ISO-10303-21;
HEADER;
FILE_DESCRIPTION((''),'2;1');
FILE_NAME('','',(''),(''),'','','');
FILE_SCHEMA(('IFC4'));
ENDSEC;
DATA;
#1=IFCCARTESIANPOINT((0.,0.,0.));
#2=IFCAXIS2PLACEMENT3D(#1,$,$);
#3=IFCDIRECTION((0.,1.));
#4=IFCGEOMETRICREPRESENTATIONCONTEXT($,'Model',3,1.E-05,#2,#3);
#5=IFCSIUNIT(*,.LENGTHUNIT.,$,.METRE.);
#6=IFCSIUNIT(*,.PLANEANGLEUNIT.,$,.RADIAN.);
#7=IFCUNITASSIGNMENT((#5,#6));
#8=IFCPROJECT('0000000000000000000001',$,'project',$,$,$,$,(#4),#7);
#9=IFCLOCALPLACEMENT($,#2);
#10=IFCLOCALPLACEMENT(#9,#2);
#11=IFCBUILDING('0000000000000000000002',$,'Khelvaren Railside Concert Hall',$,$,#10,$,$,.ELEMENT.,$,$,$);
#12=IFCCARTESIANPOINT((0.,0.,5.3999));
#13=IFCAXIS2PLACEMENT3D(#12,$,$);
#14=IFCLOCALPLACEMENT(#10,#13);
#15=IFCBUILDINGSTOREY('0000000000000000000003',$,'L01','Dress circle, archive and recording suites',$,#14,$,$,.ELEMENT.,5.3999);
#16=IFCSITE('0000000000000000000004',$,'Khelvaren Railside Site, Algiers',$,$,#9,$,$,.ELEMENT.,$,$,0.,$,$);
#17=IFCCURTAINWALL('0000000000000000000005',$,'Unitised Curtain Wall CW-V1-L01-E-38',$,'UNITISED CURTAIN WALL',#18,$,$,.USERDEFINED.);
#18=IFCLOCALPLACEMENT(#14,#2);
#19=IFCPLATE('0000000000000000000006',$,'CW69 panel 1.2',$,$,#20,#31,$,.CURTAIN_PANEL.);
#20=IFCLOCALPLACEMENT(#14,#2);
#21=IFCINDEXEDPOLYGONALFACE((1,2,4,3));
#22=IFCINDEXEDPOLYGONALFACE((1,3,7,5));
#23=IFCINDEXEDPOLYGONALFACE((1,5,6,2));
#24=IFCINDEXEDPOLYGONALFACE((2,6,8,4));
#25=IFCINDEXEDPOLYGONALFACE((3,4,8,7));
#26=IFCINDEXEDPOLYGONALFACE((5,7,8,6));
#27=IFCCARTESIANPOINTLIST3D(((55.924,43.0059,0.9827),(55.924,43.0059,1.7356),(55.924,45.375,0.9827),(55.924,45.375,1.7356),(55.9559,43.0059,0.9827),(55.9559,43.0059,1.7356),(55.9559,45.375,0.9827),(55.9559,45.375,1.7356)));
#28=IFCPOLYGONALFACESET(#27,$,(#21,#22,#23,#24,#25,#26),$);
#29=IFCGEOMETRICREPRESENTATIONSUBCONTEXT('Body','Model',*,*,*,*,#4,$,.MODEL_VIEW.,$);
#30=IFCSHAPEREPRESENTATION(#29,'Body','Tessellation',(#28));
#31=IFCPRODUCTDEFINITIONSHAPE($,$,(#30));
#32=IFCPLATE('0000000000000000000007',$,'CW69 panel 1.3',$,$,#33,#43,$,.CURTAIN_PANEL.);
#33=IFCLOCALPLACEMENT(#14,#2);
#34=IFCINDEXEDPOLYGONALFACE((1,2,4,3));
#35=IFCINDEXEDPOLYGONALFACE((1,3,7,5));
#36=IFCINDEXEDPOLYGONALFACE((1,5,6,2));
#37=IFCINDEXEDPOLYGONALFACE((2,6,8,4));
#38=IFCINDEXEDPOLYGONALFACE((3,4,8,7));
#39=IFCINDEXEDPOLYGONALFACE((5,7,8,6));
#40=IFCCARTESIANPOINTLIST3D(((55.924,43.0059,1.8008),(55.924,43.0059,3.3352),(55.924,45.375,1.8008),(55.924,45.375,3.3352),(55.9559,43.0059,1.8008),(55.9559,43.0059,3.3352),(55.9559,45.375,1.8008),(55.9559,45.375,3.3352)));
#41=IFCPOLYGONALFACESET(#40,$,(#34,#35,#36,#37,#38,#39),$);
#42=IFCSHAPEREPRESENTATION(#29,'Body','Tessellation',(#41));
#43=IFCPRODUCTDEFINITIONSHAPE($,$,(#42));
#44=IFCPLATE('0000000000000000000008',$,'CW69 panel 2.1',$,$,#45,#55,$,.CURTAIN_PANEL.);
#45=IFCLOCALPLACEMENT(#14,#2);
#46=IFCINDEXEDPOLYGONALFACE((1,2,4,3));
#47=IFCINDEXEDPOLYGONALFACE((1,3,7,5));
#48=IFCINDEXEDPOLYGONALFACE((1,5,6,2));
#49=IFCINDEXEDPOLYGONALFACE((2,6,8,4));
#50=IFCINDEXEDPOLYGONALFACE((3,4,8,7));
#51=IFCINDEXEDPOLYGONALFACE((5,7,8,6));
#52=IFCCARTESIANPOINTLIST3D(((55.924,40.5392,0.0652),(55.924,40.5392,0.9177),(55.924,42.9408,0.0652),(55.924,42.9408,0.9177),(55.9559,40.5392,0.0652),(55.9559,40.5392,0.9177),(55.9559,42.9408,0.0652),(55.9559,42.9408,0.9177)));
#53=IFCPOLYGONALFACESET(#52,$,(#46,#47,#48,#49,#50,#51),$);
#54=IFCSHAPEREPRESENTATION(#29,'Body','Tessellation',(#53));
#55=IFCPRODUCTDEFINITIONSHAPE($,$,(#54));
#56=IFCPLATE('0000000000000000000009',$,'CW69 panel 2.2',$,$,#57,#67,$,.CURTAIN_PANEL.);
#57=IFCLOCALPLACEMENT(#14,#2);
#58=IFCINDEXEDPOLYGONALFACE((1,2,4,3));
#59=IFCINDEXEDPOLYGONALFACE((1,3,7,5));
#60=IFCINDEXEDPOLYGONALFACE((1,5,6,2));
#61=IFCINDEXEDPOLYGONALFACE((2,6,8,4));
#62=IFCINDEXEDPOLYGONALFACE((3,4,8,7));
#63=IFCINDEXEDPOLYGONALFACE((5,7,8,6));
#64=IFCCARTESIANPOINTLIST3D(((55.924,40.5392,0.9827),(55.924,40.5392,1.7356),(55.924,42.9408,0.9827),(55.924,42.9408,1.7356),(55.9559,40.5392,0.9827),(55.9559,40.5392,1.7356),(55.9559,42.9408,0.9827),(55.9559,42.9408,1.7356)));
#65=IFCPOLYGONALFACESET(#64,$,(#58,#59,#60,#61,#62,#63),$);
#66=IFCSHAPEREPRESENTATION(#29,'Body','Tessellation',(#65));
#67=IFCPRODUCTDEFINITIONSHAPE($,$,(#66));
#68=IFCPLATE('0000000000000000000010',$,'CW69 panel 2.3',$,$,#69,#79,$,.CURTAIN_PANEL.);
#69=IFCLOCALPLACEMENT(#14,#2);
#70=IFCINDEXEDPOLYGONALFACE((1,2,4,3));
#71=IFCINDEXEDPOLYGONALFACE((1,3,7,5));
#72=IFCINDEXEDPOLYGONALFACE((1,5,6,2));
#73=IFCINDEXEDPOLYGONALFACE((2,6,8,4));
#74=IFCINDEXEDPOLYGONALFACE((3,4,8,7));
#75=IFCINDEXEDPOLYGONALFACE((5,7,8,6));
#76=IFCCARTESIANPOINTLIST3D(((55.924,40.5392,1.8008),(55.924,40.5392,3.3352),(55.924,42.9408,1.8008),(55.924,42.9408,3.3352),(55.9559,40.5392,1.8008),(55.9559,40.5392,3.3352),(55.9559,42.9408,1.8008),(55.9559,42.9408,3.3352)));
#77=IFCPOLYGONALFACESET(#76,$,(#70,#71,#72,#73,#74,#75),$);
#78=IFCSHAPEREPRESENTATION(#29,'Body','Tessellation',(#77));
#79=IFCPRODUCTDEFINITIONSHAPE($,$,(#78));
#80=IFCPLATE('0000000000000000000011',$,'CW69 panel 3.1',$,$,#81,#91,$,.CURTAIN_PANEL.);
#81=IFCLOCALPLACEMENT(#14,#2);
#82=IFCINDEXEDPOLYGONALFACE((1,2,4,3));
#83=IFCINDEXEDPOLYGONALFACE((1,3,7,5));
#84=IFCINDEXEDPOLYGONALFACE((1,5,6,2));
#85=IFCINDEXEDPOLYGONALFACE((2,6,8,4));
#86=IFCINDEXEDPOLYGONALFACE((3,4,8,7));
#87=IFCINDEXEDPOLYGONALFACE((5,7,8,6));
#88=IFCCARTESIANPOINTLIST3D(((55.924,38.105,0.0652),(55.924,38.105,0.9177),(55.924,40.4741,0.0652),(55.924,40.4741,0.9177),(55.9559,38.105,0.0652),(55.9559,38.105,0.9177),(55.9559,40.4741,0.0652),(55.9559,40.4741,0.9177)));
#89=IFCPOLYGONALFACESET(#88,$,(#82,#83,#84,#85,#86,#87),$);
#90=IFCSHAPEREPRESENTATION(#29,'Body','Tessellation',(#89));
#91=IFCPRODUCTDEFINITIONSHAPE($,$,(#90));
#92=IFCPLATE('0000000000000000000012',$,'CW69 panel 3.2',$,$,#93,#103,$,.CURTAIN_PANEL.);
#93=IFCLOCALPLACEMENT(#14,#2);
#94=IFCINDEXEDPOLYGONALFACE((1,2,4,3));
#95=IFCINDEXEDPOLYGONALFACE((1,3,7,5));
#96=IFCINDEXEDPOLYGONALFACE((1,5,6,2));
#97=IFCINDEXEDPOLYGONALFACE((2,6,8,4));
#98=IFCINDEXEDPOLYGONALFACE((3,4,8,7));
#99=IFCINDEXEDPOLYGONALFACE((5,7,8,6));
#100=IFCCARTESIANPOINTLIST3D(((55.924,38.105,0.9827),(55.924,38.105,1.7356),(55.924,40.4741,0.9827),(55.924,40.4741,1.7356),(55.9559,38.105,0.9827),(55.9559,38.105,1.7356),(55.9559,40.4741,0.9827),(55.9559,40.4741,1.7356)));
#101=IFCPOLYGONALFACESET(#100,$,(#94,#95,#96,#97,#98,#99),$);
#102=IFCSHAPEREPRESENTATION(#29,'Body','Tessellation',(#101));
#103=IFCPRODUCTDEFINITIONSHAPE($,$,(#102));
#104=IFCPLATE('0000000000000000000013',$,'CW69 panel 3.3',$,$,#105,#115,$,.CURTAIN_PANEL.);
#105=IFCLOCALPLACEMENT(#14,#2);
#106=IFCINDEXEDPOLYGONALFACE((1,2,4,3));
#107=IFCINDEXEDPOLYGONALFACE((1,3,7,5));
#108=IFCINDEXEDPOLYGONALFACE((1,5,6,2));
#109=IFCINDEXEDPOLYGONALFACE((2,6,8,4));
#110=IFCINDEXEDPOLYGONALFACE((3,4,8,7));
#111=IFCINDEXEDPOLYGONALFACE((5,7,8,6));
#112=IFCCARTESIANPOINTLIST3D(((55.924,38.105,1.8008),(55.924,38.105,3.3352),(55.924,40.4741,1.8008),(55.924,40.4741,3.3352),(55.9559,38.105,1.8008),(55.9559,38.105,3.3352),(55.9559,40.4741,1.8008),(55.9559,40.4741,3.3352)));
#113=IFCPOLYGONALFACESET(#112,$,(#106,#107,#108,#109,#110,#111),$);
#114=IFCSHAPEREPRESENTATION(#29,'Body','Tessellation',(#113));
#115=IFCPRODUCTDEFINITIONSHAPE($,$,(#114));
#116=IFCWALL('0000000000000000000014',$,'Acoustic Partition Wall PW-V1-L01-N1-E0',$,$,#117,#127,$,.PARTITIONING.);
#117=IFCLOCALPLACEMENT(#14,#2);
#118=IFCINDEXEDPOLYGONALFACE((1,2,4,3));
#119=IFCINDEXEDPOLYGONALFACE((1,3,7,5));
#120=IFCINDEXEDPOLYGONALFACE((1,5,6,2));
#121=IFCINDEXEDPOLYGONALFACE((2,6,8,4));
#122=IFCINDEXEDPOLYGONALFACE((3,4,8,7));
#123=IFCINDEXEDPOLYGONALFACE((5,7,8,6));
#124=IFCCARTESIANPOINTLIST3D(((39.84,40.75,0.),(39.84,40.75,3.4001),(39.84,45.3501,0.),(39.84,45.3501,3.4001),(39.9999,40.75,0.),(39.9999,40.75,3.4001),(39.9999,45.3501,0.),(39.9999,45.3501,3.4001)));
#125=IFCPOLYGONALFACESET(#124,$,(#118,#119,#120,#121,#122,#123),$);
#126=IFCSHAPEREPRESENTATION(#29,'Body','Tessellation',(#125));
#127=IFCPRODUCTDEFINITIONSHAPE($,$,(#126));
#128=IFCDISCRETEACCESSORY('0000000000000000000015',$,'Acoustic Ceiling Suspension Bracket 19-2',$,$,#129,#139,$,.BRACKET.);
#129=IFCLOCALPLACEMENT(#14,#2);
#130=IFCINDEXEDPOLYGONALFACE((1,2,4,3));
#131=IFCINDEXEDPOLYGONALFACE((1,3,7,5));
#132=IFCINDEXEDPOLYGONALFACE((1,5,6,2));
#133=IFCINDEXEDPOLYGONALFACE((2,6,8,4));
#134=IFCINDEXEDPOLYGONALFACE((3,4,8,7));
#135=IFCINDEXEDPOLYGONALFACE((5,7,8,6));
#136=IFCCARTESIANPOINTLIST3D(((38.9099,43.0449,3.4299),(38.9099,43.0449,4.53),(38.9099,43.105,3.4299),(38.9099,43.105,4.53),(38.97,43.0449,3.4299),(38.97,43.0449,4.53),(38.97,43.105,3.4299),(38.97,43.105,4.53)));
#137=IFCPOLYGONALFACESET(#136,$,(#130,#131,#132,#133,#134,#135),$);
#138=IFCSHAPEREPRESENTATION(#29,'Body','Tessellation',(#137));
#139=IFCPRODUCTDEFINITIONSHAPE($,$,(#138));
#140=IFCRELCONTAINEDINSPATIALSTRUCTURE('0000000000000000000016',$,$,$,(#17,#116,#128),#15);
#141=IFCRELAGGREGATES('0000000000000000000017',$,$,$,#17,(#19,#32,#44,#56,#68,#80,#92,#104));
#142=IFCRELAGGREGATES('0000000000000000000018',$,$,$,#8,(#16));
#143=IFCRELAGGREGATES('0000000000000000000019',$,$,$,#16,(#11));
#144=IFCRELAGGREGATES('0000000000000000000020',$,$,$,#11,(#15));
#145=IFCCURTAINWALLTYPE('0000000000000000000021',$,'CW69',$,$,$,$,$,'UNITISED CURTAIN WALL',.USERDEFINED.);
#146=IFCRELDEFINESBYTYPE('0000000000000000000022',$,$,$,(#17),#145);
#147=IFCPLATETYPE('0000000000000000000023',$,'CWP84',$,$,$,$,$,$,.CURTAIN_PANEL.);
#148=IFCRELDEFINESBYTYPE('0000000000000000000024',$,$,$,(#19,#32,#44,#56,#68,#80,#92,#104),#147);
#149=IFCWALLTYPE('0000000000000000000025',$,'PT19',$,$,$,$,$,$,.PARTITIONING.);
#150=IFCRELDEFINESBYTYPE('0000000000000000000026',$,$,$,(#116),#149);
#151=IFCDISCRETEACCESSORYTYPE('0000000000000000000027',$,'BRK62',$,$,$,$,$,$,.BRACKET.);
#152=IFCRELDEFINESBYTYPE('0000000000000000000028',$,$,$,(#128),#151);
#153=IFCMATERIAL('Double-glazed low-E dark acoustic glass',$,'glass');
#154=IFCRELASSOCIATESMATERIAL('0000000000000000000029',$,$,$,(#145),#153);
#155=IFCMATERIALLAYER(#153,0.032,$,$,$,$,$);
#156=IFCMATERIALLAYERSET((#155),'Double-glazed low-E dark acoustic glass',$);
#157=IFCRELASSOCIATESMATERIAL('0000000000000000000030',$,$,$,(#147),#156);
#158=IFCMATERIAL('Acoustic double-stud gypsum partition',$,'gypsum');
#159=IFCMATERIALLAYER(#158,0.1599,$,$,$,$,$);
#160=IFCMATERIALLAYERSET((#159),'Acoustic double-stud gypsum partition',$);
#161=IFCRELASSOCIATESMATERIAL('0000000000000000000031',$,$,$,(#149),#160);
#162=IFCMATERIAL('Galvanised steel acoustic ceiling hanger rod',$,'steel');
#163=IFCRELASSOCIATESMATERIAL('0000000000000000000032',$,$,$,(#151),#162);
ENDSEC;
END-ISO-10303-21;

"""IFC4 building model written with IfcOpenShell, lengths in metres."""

from ifc_helpers import new_model, si_unit, direction, frame, frame_2d, origin, origin_2d, place, context, subcontext, project, spatial, rectangle, extrude, material, layer, layer_set, type_object, element, aggregate, save


model = new_model("IFC4")

# Units and contexts
model_context = context("Model", 3, precision=1e-05, world=origin(), true_north=direction((0.0, 1.0)))
body_context = subcontext(model_context, "Body", "Model", "MODEL_VIEW")
ifc_project = project(units=[si_unit("LENGTHUNIT", "METRE"), si_unit("PLANEANGLEUNIT", "RADIAN")], contexts=[model_context])

# Site, building, storey
site_placement = place(None, origin())
site = spatial("IfcSite", under=ifc_project, at=site_placement, Name="Khelvaren Railside Site, Algiers", CompositionType="ELEMENT", RefElevation=0.0)
building_placement = place(site_placement, origin())
building = spatial("IfcBuilding", under=site, at=building_placement, Name="Khelvaren Railside Concert Hall", CompositionType="ELEMENT")
storey_placement = place(building_placement, frame((0.0, 0.0, 5.3999)))
storey = spatial("IfcBuildingStorey", under=building, at=storey_placement, Name="L01", Description="Dress circle, archive and recording suites", CompositionType="ELEMENT", Elevation=5.3999)

# Curtain wall
ifc_material_1 = material(Name="Double-glazed low-E dark acoustic glass", Category="glass")
curtain_wall_type = type_object("IfcCurtainWallType", Name="CW69", ElementType="UNITISED CURTAIN WALL", PredefinedType="USERDEFINED", material=ifc_material_1)
curtain_wall_placement = place(storey_placement, origin())
curtain_wall = element("IfcCurtainWall", 1, at=curtain_wall_placement, inside=storey, type_object=curtain_wall_type, Name="Unitised Curtain Wall CW-V1-L01-E-38", ObjectType="UNITISED CURTAIN WALL", PredefinedType="USERDEFINED")

# Plates
ifc_layer_1 = layer(ifc_material_1, 0.032)
ifc_layer_set_1 = layer_set([ifc_layer_1], Name="Double-glazed low-E dark acoustic glass")
plate_type = type_object("IfcPlateType", Name="CWP84", PredefinedType="CURTAIN_PANEL", material=ifc_layer_set_1)
plate_1_placement = place(storey_placement, frame((55.9399, 44.1904, 0.9827), z_axis=(0.0, 0.0, 1.0), x_axis=(0.0, -1.0, 0.0)))
plate_1 = element("IfcPlate", 2, at=plate_1_placement, type_object=plate_type, Name="CW69 panel 1.2", PredefinedType="CURTAIN_PANEL", context=body_context, shape_type="SweptSolid", body=[
    extrude(rectangle(XDim=2.3691, YDim=0.032, at=origin_2d()), origin(), (0.0, 0.0, 1.0), 0.7529),
])
plate_2_placement = place(storey_placement, frame((55.9399, 44.1904, 1.8008), z_axis=(0.0, 0.0, 1.0), x_axis=(0.0, -1.0, 0.0)))
plate_2 = element("IfcPlate", 3, at=plate_2_placement, type_object=plate_type, Name="CW69 panel 1.3", PredefinedType="CURTAIN_PANEL", context=body_context, shape_type="SweptSolid", body=[
    extrude(rectangle(XDim=2.3691, YDim=0.032, at=origin_2d()), origin(), (0.0, 0.0, 1.0), 1.5344),
])
plate_3_placement = place(storey_placement, frame((55.9399, 41.74, 0.0652), z_axis=(0.0, 0.0, 1.0), x_axis=(0.0, -1.0, 0.0)))
plate_3 = element("IfcPlate", 4, at=plate_3_placement, type_object=plate_type, Name="CW69 panel 2.1", PredefinedType="CURTAIN_PANEL", context=body_context, shape_type="SweptSolid", body=[
    extrude(rectangle(XDim=2.4016, YDim=0.032, at=origin_2d()), origin(), (0.0, 0.0, 1.0), 0.8525),
])
plate_4_placement = place(storey_placement, frame((55.9399, 41.74, 0.9827), z_axis=(0.0, 0.0, 1.0), x_axis=(0.0, -1.0, 0.0)))
plate_4 = element("IfcPlate", 5, at=plate_4_placement, type_object=plate_type, Name="CW69 panel 2.2", PredefinedType="CURTAIN_PANEL", context=body_context, shape_type="SweptSolid", body=[
    extrude(rectangle(XDim=2.4016, YDim=0.032, at=origin_2d()), origin(), (0.0, 0.0, 1.0), 0.7529),
])
plate_5_placement = place(storey_placement, frame((55.9399, 41.74, 1.8008), z_axis=(0.0, 0.0, 1.0), x_axis=(0.0, -1.0, 0.0)))
plate_5 = element("IfcPlate", 6, at=plate_5_placement, type_object=plate_type, Name="CW69 panel 2.3", PredefinedType="CURTAIN_PANEL", context=body_context, shape_type="SweptSolid", body=[
    extrude(rectangle(XDim=2.4016, YDim=0.032, at=origin_2d()), origin(), (0.0, 0.0, 1.0), 1.5344),
])
plate_6_placement = place(storey_placement, frame((55.9399, 39.2896, 0.0652), z_axis=(0.0, 0.0, 1.0), x_axis=(0.0, -1.0, 0.0)))
plate_6 = element("IfcPlate", 7, at=plate_6_placement, type_object=plate_type, Name="CW69 panel 3.1", PredefinedType="CURTAIN_PANEL", context=body_context, shape_type="SweptSolid", body=[
    extrude(rectangle(XDim=2.3691, YDim=0.032, at=origin_2d()), origin(), (0.0, 0.0, 1.0), 0.8525),
])
plate_7_placement = place(storey_placement, frame((55.9399, 39.2896, 0.9827), z_axis=(0.0, 0.0, 1.0), x_axis=(0.0, -1.0, 0.0)))
plate_7 = element("IfcPlate", 8, at=plate_7_placement, type_object=plate_type, Name="CW69 panel 3.2", PredefinedType="CURTAIN_PANEL", context=body_context, shape_type="SweptSolid", body=[
    extrude(rectangle(XDim=2.3691, YDim=0.032, at=origin_2d()), origin(), (0.0, 0.0, 1.0), 0.7529),
])
plate_8_placement = place(storey_placement, frame((55.9399, 39.2896, 1.8008), z_axis=(0.0, 0.0, 1.0), x_axis=(0.0, -1.0, 0.0)))
plate_8 = element("IfcPlate", 9, at=plate_8_placement, type_object=plate_type, Name="CW69 panel 3.3", PredefinedType="CURTAIN_PANEL", context=body_context, shape_type="SweptSolid", body=[
    extrude(rectangle(XDim=2.3691, YDim=0.032, at=origin_2d()), origin(), (0.0, 0.0, 1.0), 1.5344),
])
aggregate(curtain_wall, [plate_1, plate_2, plate_3, plate_4, plate_5, plate_6, plate_7, plate_8])

# Wall
ifc_material_2 = material(Name="Acoustic double-stud gypsum partition", Category="gypsum")
ifc_layer_2 = layer(ifc_material_2, 0.1599)
ifc_layer_set_2 = layer_set([ifc_layer_2], Name="Acoustic double-stud gypsum partition")
wall_type = type_object("IfcWallType", Name="PT19", PredefinedType="PARTITIONING", material=ifc_layer_set_2)
wall_placement = place(storey_placement, frame((39.9199, 40.75, 0.0), z_axis=(0.0, 0.0, 1.0), x_axis=(0.0, 1.0, 0.0)))
element("IfcWall", 10, at=wall_placement, inside=storey, type_object=wall_type, Name="Acoustic Partition Wall PW-V1-L01-N1-E0", PredefinedType="PARTITIONING", context=body_context, shape_type="SweptSolid", body=[
    extrude(rectangle(XDim=4.6001, YDim=0.1599, at=frame_2d((2.3, 0.0))), origin(), (0.0, 0.0, 1.0), 3.4001),
])

# Discrete accessory
ifc_material_3 = material(Name="Galvanised steel acoustic ceiling hanger rod", Category="steel")
discrete_accessory_type = type_object("IfcDiscreteAccessoryType", Name="BRK62", PredefinedType="BRACKET", material=ifc_material_3)
discrete_accessory_placement = place(storey_placement, frame((38.9399, 43.075, 3.4299), z_axis=(0.0, 0.0, 1.0), x_axis=(1.0, 0.0, 0.0)))
element("IfcDiscreteAccessory", 11, at=discrete_accessory_placement, inside=storey, type_object=discrete_accessory_type, Name="Acoustic Ceiling Suspension Bracket 19-2", PredefinedType="BRACKET", context=body_context, shape_type="SweptSolid", body=[
    extrude(rectangle(XDim=0.0601, YDim=0.0601, at=origin_2d()), origin(), (0.0, 0.0, 1.0), 1.1001),
])

save(model, "model.ifc")
